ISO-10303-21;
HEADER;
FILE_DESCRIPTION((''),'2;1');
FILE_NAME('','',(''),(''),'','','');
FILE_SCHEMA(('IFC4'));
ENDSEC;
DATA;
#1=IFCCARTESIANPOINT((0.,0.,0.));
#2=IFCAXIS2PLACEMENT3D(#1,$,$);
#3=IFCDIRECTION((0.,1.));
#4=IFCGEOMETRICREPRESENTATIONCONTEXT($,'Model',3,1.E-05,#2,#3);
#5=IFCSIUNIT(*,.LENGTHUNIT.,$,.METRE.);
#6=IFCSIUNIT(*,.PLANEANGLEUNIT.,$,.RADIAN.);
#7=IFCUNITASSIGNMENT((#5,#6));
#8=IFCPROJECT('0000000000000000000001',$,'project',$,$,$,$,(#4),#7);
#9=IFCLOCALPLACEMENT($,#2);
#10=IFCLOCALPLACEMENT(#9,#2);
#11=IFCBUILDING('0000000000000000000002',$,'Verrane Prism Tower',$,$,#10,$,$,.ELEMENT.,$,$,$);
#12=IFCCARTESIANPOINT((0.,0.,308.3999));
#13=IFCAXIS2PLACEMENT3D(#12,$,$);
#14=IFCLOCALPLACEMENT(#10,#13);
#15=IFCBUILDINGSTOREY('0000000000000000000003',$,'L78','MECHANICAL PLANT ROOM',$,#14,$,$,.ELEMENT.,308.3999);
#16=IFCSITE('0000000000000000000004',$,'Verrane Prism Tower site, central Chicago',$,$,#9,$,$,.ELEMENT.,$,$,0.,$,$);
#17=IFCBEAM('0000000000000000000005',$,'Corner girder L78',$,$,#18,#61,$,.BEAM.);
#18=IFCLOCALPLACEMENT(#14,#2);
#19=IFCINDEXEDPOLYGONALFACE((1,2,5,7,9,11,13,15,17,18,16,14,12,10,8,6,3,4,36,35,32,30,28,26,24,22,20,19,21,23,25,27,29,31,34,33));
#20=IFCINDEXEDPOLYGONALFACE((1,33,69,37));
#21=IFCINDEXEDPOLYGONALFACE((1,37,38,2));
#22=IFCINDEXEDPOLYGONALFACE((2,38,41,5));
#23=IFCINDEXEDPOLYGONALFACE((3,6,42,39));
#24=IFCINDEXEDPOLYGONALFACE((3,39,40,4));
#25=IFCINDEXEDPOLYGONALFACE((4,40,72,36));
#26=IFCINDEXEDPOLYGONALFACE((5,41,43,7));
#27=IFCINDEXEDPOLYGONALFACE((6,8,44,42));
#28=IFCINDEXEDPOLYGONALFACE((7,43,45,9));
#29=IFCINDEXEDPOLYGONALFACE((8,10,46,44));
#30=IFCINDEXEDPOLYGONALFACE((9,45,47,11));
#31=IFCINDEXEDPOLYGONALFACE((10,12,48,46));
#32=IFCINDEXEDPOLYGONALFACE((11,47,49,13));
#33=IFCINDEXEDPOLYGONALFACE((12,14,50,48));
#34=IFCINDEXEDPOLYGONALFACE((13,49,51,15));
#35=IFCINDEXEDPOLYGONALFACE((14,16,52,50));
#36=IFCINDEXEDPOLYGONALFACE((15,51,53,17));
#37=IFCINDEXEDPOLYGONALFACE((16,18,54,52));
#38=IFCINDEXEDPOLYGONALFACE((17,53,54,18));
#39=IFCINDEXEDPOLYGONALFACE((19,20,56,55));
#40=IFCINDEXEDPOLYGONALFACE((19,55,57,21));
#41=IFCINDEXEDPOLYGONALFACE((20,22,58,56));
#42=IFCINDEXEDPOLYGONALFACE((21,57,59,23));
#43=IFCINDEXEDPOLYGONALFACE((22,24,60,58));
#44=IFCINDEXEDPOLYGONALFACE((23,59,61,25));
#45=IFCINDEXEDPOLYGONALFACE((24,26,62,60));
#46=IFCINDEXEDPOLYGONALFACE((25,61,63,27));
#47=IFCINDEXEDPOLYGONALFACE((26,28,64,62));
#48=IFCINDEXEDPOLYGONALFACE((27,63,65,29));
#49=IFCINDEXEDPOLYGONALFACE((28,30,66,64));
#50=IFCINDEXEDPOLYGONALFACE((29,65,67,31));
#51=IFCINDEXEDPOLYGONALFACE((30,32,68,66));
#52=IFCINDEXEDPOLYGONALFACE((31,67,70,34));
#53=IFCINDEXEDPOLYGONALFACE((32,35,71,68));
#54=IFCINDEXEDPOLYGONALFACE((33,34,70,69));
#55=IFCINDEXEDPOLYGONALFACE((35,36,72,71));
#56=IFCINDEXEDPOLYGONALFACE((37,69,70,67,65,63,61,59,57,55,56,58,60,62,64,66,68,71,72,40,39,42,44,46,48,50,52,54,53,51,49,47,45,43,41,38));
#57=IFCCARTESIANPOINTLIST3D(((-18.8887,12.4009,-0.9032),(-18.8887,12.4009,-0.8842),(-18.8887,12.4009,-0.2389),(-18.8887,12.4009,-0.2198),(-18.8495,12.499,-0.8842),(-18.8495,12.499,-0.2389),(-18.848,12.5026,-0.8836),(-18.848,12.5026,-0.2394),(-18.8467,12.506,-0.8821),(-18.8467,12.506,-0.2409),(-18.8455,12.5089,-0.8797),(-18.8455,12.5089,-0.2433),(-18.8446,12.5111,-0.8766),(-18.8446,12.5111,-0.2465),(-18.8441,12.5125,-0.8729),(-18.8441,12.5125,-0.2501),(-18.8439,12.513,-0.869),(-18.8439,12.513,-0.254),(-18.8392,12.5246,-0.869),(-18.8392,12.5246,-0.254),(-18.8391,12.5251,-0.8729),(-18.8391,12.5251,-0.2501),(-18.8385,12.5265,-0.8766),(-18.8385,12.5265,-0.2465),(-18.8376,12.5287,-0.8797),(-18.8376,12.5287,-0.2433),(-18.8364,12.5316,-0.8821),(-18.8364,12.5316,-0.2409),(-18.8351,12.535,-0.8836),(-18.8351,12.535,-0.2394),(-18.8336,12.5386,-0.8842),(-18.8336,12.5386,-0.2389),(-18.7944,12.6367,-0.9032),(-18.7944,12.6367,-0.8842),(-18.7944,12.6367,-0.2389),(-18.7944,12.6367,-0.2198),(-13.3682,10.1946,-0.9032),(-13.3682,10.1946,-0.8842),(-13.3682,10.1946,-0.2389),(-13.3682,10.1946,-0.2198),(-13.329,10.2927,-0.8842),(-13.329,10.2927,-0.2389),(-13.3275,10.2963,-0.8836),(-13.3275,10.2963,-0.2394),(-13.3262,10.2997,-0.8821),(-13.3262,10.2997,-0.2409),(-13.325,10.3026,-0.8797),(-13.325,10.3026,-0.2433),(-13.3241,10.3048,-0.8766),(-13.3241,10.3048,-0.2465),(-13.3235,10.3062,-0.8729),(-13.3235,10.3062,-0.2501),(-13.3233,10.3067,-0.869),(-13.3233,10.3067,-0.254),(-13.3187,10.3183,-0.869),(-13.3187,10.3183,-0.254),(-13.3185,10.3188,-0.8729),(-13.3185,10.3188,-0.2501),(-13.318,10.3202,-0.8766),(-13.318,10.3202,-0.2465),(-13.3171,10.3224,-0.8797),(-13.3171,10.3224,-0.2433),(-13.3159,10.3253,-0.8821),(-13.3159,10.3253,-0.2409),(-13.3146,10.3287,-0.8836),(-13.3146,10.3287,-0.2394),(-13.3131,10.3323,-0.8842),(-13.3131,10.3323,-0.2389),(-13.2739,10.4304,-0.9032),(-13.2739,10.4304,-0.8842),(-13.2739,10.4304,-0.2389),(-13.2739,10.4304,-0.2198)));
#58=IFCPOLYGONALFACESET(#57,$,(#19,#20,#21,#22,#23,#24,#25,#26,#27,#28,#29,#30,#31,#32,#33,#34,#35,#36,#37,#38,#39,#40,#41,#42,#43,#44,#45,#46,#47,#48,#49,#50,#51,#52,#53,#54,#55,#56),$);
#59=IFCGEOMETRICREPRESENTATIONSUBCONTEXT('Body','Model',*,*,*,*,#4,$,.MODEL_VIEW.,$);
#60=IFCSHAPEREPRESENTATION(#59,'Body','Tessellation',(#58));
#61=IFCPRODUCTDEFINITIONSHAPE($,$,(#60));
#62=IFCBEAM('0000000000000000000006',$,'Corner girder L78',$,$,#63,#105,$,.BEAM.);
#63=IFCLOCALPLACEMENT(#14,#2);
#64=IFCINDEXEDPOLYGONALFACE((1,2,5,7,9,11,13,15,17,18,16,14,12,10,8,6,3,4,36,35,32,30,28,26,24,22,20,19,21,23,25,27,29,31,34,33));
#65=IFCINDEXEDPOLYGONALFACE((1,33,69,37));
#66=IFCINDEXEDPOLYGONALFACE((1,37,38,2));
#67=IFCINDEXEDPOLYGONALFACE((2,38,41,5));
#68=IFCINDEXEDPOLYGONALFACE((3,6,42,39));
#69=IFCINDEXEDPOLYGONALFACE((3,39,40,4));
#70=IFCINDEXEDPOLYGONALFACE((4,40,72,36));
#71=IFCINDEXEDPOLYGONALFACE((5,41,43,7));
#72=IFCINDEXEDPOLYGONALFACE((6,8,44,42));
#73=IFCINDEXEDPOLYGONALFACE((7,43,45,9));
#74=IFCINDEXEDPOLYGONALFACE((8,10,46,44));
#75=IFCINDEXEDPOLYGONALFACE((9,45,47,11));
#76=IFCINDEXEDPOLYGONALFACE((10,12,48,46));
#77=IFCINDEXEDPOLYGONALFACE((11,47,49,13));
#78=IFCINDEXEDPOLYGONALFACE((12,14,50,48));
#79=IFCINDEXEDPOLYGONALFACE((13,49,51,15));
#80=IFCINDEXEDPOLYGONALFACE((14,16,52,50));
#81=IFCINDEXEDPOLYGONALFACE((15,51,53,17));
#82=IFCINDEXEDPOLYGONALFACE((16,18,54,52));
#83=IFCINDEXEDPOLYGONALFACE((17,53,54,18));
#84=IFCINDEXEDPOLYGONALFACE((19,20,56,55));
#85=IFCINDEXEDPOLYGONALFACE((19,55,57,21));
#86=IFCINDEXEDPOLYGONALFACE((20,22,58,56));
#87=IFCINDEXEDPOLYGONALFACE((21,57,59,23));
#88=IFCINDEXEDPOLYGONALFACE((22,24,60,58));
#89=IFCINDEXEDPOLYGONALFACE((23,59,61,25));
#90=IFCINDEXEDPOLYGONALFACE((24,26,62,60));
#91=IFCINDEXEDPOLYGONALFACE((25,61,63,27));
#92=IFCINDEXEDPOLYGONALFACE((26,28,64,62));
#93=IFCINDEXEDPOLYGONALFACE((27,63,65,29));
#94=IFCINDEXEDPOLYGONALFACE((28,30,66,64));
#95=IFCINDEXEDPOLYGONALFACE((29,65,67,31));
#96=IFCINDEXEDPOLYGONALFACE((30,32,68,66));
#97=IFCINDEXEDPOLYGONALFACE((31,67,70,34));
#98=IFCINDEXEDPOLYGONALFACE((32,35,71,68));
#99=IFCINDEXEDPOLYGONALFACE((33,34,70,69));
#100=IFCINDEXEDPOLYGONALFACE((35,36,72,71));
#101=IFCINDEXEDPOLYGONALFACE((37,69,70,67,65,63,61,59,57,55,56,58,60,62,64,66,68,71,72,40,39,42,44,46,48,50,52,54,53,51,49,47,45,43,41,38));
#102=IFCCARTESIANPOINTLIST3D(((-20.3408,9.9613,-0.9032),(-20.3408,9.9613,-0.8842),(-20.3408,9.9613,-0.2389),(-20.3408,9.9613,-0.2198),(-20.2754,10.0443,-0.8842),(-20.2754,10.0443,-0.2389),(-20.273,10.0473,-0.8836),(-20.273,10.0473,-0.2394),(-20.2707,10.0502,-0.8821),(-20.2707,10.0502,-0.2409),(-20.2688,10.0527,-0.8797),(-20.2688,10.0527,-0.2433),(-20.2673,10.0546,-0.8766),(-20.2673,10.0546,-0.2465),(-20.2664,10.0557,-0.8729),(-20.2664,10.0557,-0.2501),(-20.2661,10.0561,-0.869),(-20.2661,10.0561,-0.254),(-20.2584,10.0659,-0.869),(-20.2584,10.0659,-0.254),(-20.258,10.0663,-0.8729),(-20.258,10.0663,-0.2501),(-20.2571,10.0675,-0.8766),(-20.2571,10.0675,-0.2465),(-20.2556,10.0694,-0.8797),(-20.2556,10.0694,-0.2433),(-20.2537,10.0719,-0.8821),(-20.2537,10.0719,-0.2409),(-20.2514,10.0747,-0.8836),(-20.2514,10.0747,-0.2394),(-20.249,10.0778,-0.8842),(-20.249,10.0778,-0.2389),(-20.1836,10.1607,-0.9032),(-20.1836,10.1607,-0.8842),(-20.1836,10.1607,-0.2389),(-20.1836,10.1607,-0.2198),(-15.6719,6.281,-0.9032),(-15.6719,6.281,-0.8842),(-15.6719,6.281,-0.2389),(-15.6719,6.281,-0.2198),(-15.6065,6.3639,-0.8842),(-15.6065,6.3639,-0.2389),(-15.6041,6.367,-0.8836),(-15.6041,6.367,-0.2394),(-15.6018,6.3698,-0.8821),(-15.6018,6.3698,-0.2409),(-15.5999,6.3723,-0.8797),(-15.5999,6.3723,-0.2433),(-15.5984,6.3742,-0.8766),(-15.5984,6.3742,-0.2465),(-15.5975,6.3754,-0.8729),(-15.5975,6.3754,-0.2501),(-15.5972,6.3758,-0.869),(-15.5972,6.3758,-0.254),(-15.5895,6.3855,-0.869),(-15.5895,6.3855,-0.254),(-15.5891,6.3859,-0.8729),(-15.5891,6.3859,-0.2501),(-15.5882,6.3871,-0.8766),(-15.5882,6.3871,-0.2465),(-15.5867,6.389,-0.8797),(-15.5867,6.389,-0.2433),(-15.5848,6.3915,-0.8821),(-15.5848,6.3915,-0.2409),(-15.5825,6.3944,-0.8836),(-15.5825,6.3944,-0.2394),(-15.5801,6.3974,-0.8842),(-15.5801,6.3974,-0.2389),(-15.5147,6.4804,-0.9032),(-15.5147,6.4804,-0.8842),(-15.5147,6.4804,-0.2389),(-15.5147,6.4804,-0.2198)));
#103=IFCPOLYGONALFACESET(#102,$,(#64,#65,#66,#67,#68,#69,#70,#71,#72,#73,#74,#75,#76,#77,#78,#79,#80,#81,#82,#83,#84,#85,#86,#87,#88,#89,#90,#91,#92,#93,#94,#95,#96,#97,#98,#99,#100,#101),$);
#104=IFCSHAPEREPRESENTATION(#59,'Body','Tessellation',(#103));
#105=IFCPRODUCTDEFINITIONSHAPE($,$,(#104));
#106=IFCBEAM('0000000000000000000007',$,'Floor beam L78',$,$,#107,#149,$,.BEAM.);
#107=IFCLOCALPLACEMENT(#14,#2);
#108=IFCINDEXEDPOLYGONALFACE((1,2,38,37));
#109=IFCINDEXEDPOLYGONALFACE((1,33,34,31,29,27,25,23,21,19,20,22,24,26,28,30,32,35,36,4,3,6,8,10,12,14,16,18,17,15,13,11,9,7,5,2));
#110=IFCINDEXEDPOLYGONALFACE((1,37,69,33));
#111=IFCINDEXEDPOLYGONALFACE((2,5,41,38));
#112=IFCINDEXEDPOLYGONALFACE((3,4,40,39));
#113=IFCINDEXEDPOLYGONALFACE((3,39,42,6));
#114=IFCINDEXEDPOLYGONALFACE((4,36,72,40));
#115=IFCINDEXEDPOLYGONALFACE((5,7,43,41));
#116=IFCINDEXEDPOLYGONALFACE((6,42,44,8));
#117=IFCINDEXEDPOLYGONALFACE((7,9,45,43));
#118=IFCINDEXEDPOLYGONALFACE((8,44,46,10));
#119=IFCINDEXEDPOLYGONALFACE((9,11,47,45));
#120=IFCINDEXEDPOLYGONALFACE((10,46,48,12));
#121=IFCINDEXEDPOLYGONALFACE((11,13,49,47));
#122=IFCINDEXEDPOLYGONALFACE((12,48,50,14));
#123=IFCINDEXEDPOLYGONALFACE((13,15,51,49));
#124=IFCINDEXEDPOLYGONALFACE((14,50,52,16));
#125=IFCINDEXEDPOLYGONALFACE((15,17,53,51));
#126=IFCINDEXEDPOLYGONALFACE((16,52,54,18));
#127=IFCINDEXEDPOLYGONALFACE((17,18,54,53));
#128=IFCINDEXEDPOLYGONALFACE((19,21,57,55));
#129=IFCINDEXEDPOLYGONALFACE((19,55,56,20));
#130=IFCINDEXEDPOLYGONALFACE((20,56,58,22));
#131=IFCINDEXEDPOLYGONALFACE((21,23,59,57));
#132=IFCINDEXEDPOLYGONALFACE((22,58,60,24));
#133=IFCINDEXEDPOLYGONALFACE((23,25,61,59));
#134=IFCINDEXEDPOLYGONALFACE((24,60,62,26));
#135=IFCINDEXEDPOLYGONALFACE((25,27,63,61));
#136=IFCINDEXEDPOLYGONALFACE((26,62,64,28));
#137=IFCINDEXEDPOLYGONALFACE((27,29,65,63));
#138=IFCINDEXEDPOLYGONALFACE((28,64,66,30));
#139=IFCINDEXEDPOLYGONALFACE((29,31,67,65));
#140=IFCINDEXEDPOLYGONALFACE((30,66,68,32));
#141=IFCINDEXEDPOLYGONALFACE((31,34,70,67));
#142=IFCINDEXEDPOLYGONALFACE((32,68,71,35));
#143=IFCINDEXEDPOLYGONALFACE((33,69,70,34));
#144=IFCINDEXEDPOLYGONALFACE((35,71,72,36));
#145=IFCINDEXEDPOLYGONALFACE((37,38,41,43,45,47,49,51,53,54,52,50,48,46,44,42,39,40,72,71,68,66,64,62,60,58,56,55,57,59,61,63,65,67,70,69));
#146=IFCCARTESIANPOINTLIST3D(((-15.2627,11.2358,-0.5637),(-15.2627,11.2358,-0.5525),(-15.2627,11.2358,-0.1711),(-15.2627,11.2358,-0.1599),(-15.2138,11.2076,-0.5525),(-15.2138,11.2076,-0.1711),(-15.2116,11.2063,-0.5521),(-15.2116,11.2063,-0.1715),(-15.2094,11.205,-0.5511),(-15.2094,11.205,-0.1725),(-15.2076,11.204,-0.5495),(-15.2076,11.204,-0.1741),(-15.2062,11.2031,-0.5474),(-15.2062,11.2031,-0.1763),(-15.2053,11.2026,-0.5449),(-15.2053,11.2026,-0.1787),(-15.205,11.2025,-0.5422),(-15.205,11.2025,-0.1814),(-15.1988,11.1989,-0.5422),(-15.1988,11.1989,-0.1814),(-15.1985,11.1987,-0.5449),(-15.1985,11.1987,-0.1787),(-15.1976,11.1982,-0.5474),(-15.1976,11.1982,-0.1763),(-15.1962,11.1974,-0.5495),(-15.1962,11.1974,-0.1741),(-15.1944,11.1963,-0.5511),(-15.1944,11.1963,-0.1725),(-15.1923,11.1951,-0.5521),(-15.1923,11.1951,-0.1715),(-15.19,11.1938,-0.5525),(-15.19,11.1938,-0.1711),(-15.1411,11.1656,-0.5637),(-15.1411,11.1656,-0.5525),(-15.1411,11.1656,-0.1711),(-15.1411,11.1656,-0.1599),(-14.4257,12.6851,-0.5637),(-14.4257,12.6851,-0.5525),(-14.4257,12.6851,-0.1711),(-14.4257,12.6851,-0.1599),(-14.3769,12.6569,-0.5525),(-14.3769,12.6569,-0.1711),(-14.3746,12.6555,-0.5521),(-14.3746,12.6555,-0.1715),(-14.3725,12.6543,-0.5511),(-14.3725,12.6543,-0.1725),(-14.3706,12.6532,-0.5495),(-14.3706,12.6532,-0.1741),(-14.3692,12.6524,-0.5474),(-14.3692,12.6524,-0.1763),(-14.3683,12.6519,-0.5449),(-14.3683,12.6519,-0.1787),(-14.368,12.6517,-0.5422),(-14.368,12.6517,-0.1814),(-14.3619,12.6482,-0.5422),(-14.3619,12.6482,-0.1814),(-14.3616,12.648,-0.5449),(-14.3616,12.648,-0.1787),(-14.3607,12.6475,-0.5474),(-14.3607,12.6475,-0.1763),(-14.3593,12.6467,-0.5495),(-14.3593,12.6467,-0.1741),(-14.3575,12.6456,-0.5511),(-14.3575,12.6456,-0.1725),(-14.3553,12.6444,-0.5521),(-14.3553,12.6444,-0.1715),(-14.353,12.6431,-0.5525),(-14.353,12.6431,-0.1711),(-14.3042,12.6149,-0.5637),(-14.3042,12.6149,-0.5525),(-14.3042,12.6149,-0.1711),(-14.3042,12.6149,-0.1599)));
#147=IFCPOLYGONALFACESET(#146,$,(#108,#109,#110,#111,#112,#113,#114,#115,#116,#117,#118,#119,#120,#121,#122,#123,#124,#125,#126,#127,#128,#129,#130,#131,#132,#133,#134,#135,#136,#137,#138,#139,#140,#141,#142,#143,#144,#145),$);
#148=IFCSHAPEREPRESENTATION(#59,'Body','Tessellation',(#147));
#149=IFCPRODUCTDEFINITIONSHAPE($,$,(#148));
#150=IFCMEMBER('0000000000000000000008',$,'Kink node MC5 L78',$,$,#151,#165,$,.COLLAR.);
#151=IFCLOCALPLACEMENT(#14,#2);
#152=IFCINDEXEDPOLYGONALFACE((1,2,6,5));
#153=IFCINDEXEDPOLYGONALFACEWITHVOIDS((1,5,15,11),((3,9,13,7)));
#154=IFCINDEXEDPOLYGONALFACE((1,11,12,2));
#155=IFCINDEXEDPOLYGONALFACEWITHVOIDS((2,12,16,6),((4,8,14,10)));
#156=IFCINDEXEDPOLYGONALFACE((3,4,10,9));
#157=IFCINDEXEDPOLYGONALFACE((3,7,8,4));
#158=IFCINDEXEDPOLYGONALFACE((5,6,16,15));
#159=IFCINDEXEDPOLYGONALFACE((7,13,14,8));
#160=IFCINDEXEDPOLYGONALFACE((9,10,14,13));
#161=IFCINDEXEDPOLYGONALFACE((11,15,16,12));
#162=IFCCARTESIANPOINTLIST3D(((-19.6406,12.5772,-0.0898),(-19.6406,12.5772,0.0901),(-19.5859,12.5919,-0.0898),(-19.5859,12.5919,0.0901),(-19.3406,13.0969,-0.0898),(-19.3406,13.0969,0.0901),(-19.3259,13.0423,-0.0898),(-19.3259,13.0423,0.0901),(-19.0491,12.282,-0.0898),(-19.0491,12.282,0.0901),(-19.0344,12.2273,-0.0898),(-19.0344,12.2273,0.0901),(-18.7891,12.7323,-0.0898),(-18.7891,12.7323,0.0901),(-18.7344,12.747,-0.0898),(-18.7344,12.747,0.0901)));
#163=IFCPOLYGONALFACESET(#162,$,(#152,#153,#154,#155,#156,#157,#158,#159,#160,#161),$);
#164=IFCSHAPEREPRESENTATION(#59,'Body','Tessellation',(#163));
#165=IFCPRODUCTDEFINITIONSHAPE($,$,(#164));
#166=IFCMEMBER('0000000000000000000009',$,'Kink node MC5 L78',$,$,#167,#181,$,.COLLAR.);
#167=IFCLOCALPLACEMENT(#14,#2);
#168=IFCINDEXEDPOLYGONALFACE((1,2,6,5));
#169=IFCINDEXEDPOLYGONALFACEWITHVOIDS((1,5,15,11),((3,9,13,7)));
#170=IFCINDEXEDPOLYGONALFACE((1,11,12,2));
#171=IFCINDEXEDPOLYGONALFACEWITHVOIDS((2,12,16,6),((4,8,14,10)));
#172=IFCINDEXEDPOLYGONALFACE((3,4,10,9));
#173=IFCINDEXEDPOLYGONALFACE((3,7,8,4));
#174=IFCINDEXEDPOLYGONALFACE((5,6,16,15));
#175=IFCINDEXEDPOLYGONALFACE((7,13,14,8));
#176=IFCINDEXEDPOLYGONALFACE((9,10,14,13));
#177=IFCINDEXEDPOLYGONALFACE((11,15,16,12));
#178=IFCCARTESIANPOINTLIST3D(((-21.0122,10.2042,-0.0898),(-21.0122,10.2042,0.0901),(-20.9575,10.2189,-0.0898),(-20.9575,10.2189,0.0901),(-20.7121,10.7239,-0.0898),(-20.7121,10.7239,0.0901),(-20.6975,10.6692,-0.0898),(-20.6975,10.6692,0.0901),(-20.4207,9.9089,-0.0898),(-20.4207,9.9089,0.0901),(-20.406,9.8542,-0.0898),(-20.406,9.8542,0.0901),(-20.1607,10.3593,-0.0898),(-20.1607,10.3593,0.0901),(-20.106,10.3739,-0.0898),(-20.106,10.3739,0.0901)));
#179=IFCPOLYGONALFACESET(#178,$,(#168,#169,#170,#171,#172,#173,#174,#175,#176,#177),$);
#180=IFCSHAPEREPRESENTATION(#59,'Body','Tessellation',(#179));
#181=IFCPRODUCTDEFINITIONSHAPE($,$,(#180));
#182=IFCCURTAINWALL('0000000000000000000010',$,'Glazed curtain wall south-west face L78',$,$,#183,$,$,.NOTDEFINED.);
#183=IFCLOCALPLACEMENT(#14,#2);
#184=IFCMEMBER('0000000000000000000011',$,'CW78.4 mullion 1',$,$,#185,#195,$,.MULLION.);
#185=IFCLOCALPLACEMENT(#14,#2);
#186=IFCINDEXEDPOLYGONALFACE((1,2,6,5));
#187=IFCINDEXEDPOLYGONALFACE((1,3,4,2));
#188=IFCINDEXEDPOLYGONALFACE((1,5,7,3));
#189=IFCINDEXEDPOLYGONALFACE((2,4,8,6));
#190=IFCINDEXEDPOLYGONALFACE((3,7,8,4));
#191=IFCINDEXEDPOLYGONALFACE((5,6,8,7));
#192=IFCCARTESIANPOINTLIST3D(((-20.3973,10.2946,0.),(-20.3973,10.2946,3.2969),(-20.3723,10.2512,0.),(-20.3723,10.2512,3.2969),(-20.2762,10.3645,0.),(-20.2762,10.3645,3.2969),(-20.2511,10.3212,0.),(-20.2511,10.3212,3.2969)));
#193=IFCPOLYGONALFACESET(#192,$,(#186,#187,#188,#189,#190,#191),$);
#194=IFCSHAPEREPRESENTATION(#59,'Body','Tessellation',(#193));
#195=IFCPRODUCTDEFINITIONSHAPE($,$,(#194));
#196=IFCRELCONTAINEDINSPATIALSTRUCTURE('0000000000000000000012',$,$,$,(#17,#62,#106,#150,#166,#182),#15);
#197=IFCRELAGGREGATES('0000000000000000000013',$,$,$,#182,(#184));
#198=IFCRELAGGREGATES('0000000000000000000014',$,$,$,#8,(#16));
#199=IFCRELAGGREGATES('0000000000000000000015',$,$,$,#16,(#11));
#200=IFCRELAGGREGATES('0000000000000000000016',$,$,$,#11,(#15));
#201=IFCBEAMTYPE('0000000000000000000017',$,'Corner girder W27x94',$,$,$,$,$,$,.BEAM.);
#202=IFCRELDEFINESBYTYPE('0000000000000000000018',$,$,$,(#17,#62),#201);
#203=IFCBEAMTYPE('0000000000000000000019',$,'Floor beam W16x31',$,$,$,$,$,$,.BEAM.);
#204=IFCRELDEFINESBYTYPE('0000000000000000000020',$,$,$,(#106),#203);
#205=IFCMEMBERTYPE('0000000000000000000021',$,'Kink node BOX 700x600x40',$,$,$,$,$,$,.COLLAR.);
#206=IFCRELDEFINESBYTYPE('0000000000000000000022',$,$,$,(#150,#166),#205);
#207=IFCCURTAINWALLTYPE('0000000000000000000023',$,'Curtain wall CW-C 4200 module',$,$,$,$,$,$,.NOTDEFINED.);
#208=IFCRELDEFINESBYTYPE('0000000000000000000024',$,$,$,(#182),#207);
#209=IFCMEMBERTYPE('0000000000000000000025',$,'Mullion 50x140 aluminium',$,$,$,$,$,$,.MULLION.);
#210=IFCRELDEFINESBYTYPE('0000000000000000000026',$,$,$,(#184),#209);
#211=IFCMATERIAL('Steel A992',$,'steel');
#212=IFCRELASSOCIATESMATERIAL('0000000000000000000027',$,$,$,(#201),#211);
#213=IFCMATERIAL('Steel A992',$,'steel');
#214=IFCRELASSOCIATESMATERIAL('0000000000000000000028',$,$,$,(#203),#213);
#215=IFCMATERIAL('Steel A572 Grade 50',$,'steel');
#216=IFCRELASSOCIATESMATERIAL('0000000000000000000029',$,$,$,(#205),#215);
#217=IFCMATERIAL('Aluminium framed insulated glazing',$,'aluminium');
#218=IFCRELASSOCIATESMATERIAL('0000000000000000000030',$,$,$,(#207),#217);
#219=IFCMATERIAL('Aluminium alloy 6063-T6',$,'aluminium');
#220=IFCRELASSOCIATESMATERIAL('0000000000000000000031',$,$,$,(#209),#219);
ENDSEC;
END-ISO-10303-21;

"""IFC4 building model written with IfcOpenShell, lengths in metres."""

from ifc_helpers import new_model, si_unit, direction, frame, origin, origin_2d, place, context, subcontext, project, spatial, rectangle, hollow_rectangle, i_section, extrude, material, material_profile, profile_set, type_object, element, aggregate, save


model = new_model("IFC4")

# Units and contexts
model_context = context("Model", 3, precision=1e-05, world=origin(), true_north=direction((0.0, 1.0)))
body_context = subcontext(model_context, "Body", "Model", "MODEL_VIEW")
ifc_project = project(units=[si_unit("LENGTHUNIT", "METRE"), si_unit("PLANEANGLEUNIT", "RADIAN")], contexts=[model_context])

# Site, building, storey
site_placement = place(None, origin())
site = spatial("IfcSite", under=ifc_project, at=site_placement, Name="Verrane Prism Tower site, central Chicago", CompositionType="ELEMENT", RefElevation=0.0)
building_placement = place(site_placement, origin())
building = spatial("IfcBuilding", under=site, at=building_placement, Name="Verrane Prism Tower", CompositionType="ELEMENT")
storey_placement = place(building_placement, frame((0.0, 0.0, 308.3999)))
storey = spatial("IfcBuildingStorey", under=building, at=storey_placement, Name="L78", Description="MECHANICAL PLANT ROOM", CompositionType="ELEMENT", Elevation=308.3999)

# Beams
ifc_material_1 = material(Name="Steel A992", Category="steel")
ifc_material_profile_1 = material_profile(ifc_material_1, i_section(OverallWidth=0.2539, OverallDepth=0.6833, WebThickness=0.0125, FlangeThickness=0.019, FilletRadius=0.0151, at=origin_2d()), Name="W27x94")
ifc_profile_set_1 = profile_set([ifc_material_profile_1], Name="Steel A992")
beam_type_1 = type_object("IfcBeamType", Name="Corner girder W27x94", PredefinedType="BEAM", material=ifc_profile_set_1)
for number, where, z_axis, x_axis, name in (
    (1, (-18.8416, 12.5188, -0.5615), (0.928587, -0.371115, 0.0), (0.371115, 0.928587, 0.0), "Corner girder L78"),
    (2, (-20.2622, 10.061, -0.5615), (0.78534, -0.619065, 0.0), (0.619065, 0.78534, 0.0), "Corner girder L78"),
):
    element("IfcBeam", number, at=place(storey_placement, frame(where, z_axis=z_axis, x_axis=x_axis)), inside=storey, type_object=beam_type_1, Name=name, PredefinedType="BEAM", context=body_context, shape_type="SweptSolid", body=[
        extrude(i_section(OverallWidth=0.2539, OverallDepth=0.6833, WebThickness=0.0125, FlangeThickness=0.019, FilletRadius=0.0151, at=origin_2d()), origin(), (0.0, 0.0, 1.0), 5.9451),
    ])
ifc_material_2 = material(Name="Steel A992", Category="steel")
ifc_material_profile_2 = material_profile(ifc_material_2, i_section(OverallWidth=0.1404, OverallDepth=0.4038, WebThickness=0.0071, FlangeThickness=0.0112, FilletRadius=0.0103, at=origin_2d()), Name="W16x31")
ifc_profile_set_2 = profile_set([ifc_material_profile_2], Name="Steel A992")
beam_type_2 = type_object("IfcBeamType", Name="Floor beam W16x31", PredefinedType="BEAM", material=ifc_profile_set_2)
beam_1_placement = place(storey_placement, frame((-15.2019, 11.2007, -0.3618), z_axis=(0.500093, 0.865972, 0.0), x_axis=(-0.865972, 0.500093, 0.0)))
element("IfcBeam", 3, at=beam_1_placement, inside=storey, type_object=beam_type_2, Name="Floor beam L78", PredefinedType="BEAM", context=body_context, shape_type="SweptSolid", body=[
    extrude(i_section(OverallWidth=0.1404, OverallDepth=0.4038, WebThickness=0.0071, FlangeThickness=0.0112, FilletRadius=0.0103, at=origin_2d()), origin(), (0.0, 0.0, 1.0), 1.6736),
])

# Members
ifc_material_3 = material(Name="Steel A572 Grade 50", Category="steel")
ifc_material_profile_3 = material_profile(ifc_material_3, hollow_rectangle(XDim=0.6001, YDim=0.7, WallThickness=0.04, at=origin_2d()), Name="BOX 700x600x40")
ifc_profile_set_3 = profile_set([ifc_material_profile_3], Name="Steel A572 Grade 50")
member_type_1 = type_object("IfcMemberType", Name="Kink node BOX 700x600x40", PredefinedType="COLLAR", material=ifc_profile_set_3)
for number, where, z_axis, x_axis, name in (
    (4, (-19.1875, 12.6621, -0.0898), (0.0, 0.0, 1.0), (0.5, 0.866025, 0.0), "Kink node MC5 L78"),
    (5, (-20.5591, 10.2891, -0.0898), (0.0, 0.0, 1.0), (0.5, 0.866025, 0.0), "Kink node MC5 L78"),
):
    element("IfcMember", number, at=place(storey_placement, frame(where, z_axis=z_axis, x_axis=x_axis)), inside=storey, type_object=member_type_1, Name=name, PredefinedType="COLLAR", context=body_context, shape_type="SweptSolid", body=[
        extrude(hollow_rectangle(XDim=0.6001, YDim=0.7, WallThickness=0.04, at=origin_2d()), origin(), (0.0, 0.0, 1.0), 0.1799),
    ])

# Curtain wall, member
ifc_material_4 = material(Name="Aluminium framed insulated glazing", Category="aluminium")
curtain_wall_type_1 = type_object("IfcCurtainWallType", Name="Curtain wall CW-C 4200 module", PredefinedType="NOTDEFINED", material=ifc_material_4)
curtain_wall_1_placement = place(storey_placement, origin())
curtain_wall_1 = element("IfcCurtainWall", 6, at=curtain_wall_1_placement, inside=storey, type_object=curtain_wall_type_1, Name="Glazed curtain wall south-west face L78", PredefinedType="NOTDEFINED")
ifc_material_5 = material(Name="Aluminium alloy 6063-T6", Category="aluminium")
ifc_material_profile_4 = material_profile(ifc_material_5, rectangle(XDim=0.1399, YDim=0.05, at=origin_2d()), Name="Mullion 50x140 aluminium")
ifc_profile_set_4 = profile_set([ifc_material_profile_4], Name="Aluminium alloy 6063-T6")
member_type_2 = type_object("IfcMemberType", Name="Mullion 50x140 aluminium", PredefinedType="MULLION", material=ifc_profile_set_4)
member_1_placement = place(storey_placement, frame((-20.3242, 10.3079, 0.0), z_axis=(0.0, 0.0, 1.0), x_axis=(0.866025, 0.5, 0.0)))
member_1 = element("IfcMember", 7, at=member_1_placement, type_object=member_type_2, Name="CW78.4 mullion 1", PredefinedType="MULLION", context=body_context, shape_type="SweptSolid", body=[
    extrude(rectangle(XDim=0.1399, YDim=0.05, at=origin_2d()), origin(), (0.0, 0.0, 1.0), 3.2969),
])

aggregate(curtain_wall_1, [member_1])

save(model, "model.ifc")
